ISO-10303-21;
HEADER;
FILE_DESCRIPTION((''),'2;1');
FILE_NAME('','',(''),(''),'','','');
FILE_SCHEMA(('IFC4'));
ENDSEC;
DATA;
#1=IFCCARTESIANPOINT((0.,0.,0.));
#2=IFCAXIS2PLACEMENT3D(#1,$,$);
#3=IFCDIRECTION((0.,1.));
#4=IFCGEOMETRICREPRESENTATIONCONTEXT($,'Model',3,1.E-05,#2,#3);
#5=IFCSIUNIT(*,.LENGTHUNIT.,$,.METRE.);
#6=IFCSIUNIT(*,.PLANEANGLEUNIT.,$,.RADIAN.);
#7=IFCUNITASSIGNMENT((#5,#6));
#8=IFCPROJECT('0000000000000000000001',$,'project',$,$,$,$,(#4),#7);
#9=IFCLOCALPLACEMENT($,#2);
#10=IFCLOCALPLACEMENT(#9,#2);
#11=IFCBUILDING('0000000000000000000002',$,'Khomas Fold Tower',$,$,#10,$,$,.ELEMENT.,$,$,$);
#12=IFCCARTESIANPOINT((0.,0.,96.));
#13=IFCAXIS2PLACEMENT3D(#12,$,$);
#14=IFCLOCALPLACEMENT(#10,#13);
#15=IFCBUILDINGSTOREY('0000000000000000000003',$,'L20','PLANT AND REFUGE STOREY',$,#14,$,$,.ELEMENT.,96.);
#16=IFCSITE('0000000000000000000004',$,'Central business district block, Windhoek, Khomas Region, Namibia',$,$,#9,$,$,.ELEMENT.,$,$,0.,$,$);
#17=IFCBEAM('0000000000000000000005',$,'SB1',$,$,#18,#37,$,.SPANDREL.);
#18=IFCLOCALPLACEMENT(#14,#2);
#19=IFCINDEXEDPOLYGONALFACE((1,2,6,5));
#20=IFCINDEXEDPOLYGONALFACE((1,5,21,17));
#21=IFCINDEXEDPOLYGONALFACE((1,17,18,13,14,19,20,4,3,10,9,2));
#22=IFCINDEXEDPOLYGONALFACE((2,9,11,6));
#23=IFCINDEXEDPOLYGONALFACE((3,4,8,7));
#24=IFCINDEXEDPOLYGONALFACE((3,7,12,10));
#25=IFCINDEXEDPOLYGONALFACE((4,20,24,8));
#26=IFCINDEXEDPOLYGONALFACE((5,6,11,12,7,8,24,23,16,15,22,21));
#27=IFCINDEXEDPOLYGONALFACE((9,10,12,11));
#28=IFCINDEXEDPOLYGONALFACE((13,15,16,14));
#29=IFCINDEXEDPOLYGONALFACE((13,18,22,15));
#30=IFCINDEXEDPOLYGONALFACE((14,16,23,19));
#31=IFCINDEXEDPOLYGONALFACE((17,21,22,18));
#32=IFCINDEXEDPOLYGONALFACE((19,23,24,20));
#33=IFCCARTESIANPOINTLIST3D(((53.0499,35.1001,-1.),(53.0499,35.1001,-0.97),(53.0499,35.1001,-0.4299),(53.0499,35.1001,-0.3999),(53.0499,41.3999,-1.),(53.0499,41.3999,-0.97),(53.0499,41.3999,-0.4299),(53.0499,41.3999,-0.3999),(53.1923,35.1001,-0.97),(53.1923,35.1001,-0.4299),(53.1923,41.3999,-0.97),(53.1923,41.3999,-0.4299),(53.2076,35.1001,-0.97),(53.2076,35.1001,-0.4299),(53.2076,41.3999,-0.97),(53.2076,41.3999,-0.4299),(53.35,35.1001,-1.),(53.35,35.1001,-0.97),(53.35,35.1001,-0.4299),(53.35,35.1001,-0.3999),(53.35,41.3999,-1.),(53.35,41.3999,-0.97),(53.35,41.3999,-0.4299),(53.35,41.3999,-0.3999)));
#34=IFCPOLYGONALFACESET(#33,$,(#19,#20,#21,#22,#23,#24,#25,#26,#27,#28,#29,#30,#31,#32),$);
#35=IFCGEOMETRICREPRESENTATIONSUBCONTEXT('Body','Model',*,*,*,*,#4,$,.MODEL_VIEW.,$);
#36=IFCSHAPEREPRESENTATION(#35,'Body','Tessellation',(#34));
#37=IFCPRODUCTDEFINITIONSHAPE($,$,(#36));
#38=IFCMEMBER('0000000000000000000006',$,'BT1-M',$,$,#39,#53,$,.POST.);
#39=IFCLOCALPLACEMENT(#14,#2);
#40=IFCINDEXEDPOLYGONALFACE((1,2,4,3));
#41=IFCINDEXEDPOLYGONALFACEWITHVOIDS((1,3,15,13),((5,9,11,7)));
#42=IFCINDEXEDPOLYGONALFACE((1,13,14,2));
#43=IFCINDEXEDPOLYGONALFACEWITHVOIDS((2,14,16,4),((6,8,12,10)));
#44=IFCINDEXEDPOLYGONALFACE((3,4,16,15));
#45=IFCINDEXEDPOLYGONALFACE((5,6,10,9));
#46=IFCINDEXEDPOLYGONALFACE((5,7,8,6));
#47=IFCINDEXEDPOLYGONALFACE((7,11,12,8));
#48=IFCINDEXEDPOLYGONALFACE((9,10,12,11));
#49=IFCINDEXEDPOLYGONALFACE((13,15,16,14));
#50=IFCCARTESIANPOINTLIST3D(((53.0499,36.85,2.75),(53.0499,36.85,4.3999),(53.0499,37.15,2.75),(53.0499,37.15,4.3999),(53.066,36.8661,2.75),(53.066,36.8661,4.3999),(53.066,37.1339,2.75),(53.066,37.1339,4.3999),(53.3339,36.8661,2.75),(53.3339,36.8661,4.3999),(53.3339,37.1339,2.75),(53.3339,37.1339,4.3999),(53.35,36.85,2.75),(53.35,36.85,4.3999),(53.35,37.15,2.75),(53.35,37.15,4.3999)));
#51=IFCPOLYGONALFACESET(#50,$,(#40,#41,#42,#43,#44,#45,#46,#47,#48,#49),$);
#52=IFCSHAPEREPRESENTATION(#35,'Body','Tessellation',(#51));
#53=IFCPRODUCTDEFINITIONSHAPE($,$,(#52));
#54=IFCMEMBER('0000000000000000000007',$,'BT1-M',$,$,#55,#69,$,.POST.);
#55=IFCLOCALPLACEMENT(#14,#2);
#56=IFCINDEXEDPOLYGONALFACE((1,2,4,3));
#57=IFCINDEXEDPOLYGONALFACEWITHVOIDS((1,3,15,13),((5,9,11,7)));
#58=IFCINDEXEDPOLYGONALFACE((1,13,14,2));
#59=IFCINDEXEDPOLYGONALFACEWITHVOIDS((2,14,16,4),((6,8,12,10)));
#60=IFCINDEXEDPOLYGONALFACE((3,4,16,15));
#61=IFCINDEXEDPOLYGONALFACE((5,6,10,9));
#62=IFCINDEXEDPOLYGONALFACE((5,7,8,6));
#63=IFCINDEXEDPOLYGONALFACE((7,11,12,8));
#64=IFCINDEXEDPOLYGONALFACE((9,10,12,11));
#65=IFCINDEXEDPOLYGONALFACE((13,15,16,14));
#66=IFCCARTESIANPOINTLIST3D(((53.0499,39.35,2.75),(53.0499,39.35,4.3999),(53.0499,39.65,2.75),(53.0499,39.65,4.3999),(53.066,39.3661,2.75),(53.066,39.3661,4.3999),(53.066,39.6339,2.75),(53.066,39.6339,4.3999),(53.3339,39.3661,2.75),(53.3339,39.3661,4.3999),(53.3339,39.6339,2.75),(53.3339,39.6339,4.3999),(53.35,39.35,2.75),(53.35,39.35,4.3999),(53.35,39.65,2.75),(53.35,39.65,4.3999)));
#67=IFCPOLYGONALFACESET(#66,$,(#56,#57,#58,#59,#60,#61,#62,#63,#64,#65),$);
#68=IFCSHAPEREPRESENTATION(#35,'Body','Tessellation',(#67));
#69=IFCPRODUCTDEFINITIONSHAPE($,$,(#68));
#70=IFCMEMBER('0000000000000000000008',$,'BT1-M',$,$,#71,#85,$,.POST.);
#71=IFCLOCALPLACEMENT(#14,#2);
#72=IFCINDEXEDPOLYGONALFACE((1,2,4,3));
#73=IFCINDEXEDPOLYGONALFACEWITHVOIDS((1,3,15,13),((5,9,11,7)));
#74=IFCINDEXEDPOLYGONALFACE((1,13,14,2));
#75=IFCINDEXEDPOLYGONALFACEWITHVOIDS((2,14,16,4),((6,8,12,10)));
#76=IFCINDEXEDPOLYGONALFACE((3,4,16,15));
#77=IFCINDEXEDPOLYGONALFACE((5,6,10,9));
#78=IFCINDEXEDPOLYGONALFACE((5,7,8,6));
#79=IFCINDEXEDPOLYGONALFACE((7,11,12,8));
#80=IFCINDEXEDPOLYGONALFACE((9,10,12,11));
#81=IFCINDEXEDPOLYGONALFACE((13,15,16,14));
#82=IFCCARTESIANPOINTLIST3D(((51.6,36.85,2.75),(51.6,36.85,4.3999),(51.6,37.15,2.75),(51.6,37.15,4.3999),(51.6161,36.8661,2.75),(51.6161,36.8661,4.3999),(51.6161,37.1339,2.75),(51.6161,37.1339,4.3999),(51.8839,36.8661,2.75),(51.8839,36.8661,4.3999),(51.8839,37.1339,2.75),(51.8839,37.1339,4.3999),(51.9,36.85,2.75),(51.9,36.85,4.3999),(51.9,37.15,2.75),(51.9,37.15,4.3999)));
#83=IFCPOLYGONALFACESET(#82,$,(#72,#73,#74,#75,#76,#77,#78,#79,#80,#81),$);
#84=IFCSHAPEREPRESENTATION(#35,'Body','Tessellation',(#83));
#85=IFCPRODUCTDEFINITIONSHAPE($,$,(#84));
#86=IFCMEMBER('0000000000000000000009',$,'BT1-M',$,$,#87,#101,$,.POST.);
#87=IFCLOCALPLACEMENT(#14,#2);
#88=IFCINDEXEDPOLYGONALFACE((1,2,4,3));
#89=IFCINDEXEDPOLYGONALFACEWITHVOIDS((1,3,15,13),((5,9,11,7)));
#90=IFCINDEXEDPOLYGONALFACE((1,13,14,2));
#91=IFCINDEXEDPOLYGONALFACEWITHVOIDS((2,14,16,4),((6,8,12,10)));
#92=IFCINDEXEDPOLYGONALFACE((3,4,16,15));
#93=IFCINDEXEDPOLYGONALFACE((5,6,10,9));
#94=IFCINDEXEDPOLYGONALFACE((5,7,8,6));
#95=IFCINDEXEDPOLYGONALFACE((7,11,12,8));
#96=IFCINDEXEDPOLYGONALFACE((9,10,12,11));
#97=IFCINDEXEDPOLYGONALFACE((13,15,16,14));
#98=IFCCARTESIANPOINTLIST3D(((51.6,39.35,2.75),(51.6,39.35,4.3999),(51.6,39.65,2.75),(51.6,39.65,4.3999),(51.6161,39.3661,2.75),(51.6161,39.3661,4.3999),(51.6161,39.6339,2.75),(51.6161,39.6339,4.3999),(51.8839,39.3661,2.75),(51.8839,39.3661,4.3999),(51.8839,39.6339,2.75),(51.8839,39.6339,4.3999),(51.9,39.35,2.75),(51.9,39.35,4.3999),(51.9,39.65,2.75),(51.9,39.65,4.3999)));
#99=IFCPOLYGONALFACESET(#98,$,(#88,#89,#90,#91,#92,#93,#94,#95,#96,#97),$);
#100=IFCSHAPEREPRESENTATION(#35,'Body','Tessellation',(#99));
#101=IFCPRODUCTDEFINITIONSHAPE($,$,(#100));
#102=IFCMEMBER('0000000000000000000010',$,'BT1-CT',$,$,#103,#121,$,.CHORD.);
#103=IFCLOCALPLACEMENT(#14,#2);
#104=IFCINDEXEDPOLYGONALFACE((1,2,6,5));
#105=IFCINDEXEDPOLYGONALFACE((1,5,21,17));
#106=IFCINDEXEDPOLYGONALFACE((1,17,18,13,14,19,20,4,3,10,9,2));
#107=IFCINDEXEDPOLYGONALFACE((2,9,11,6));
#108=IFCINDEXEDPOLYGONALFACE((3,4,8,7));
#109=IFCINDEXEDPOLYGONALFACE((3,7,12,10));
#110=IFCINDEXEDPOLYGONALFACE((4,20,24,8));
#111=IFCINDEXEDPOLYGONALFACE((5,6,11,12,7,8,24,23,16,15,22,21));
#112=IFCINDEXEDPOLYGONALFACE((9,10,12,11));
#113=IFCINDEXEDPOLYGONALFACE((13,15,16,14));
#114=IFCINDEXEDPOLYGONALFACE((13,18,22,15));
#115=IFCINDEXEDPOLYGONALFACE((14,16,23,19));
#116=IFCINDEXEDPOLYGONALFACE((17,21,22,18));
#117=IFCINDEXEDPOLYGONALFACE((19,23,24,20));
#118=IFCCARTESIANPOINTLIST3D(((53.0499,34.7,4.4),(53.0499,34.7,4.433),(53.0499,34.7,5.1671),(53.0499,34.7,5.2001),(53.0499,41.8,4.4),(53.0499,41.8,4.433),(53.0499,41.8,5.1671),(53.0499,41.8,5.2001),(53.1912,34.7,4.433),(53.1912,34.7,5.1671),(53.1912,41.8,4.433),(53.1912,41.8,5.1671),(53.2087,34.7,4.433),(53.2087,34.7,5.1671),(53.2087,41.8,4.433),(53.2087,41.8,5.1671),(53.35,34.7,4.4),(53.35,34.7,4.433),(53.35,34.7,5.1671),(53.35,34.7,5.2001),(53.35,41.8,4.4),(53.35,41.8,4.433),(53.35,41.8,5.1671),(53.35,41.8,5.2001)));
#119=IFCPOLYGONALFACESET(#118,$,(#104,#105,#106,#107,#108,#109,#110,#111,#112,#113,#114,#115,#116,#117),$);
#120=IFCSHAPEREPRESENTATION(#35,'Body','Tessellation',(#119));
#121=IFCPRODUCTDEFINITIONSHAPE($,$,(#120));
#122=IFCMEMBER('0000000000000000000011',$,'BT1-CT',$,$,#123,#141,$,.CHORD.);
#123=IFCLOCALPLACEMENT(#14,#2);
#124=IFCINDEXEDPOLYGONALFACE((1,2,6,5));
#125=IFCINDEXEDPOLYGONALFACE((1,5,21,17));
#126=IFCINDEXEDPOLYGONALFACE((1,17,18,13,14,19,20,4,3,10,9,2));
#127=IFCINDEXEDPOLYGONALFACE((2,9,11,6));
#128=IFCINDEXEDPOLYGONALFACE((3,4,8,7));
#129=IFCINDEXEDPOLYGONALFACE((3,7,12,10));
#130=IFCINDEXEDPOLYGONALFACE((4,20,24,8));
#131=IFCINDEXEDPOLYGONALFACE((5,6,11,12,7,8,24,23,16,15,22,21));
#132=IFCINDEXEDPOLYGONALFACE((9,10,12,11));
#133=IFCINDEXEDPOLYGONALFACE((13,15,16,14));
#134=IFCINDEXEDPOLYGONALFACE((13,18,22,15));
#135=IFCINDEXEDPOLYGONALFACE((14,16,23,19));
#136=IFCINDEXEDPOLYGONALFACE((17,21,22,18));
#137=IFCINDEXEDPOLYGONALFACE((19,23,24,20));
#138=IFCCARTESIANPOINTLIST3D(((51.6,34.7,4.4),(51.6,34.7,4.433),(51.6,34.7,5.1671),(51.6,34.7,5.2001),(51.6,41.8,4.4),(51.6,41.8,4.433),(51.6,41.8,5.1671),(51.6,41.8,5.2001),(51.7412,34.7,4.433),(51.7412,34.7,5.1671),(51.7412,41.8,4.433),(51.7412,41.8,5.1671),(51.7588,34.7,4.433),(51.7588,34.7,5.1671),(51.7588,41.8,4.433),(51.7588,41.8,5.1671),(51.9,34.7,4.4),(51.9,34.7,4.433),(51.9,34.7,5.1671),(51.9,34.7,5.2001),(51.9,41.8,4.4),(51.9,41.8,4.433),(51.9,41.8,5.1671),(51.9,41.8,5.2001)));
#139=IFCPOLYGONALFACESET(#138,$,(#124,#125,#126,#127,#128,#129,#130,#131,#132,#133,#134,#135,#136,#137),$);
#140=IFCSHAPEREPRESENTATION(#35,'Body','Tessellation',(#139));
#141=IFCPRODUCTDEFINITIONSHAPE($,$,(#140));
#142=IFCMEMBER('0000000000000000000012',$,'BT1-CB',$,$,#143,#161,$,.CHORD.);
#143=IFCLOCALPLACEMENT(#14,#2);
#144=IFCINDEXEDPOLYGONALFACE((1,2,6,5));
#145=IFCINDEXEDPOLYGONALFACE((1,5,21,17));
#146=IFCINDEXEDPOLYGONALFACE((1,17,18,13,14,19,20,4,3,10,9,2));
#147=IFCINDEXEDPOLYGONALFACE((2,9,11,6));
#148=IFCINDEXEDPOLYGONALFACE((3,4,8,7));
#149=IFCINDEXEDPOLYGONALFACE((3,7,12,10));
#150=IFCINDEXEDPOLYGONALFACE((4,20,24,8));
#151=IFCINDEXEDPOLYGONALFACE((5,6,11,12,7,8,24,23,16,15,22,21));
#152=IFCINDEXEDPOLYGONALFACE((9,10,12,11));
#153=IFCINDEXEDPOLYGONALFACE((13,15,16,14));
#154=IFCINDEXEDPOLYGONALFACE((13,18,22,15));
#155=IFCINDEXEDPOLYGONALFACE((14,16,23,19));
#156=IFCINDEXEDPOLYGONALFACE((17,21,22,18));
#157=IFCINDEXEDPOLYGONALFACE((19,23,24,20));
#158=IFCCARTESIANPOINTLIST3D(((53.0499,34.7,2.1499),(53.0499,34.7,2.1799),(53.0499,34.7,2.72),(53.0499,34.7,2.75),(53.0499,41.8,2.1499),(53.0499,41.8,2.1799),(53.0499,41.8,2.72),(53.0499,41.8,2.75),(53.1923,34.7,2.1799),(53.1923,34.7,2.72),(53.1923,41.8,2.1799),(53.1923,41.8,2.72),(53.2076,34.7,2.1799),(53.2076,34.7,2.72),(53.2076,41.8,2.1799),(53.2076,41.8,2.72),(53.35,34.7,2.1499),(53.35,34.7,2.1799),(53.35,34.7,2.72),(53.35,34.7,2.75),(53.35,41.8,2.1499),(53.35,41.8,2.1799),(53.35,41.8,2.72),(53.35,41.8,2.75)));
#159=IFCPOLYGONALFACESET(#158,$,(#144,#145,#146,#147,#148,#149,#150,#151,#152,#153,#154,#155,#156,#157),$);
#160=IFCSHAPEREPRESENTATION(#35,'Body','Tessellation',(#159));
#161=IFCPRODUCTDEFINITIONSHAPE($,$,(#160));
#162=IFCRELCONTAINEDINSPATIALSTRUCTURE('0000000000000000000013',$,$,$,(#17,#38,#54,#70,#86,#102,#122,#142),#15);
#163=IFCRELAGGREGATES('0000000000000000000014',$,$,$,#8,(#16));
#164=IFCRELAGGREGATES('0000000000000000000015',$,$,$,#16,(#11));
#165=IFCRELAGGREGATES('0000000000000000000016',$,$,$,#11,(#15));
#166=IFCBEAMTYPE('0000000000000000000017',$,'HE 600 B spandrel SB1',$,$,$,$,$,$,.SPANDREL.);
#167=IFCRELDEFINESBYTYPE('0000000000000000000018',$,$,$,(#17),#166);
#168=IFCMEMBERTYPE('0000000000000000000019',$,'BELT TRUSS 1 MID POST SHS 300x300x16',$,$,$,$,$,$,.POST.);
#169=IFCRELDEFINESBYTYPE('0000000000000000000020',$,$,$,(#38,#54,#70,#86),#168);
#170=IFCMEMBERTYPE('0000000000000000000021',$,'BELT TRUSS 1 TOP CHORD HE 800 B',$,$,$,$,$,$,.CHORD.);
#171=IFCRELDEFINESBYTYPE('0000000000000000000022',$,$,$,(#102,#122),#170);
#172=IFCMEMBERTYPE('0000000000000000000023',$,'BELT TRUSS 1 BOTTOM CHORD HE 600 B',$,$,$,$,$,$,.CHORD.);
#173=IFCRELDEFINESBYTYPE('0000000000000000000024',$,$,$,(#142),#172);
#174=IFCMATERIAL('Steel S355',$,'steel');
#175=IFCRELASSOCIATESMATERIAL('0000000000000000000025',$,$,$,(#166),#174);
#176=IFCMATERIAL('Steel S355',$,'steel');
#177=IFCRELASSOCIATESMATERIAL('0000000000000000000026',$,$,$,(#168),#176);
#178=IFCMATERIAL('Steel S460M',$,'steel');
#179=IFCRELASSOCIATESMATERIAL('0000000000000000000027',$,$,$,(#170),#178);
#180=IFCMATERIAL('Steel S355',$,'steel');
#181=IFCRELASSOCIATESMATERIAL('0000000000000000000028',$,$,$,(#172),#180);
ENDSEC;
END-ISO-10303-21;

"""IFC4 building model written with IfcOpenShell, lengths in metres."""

from ifc_helpers import new_model, si_unit, direction, frame, origin, origin_2d, place, context, subcontext, project, spatial, hollow_rectangle, i_section, extrude, source, transform, mapped, material, material_profile, profile_set, type_object, element, save


model = new_model("IFC4")

# Units and contexts
model_context = context("Model", 3, precision=1e-05, world=origin(), true_north=direction((0.0, 1.0)))
body_context = subcontext(model_context, "Body", "Model", "MODEL_VIEW")
ifc_project = project(units=[si_unit("LENGTHUNIT", "METRE"), si_unit("PLANEANGLEUNIT", "RADIAN")], contexts=[model_context])

# Site, building, storey
site_placement = place(None, origin())
site = spatial("IfcSite", under=ifc_project, at=site_placement, Name="Central business district block, Windhoek, Khomas Region, Namibia", CompositionType="ELEMENT", RefElevation=0.0)
building_placement = place(site_placement, origin())
building = spatial("IfcBuilding", under=site, at=building_placement, Name="Khomas Fold Tower", CompositionType="ELEMENT")
storey_placement = place(building_placement, frame((0.0, 0.0, 96.0)))
storey = spatial("IfcBuildingStorey", under=building, at=storey_placement, Name="L20", Description="PLANT AND REFUGE STOREY", CompositionType="ELEMENT", Elevation=96.0)

# Beam
ifc_material_1 = material(Name="Steel S355", Category="steel")
ifc_material_profile_1 = material_profile(ifc_material_1, i_section(OverallWidth=0.3, OverallDepth=0.6001, WebThickness=0.0154, FlangeThickness=0.03, at=origin_2d()), Name="HE 600 B")
ifc_profile_set_1 = profile_set([ifc_material_profile_1], Name="Steel S355")
beam_type = type_object("IfcBeamType", Name="HE 600 B spandrel SB1", PredefinedType="SPANDREL", material=ifc_profile_set_1)
shared_shape_1 = source(origin(), body_context, "Body", "SweptSolid", [
    extrude(i_section(OverallWidth=0.3, OverallDepth=0.6001, WebThickness=0.0154, FlangeThickness=0.03, at=origin_2d()), origin(), (0.0, 0.0, 1.0), 6.2998),
])
beam_placement = place(storey_placement, frame((53.2, 35.1001, -0.7), z_axis=(0.0, 1.0, 0.0), x_axis=(-1.0, 0.0, 0.0)))
element("IfcBeam", 1, at=beam_placement, inside=storey, type_object=beam_type, Name="SB1", PredefinedType="SPANDREL", context=body_context, shape_type="MappedRepresentation", body=[
    mapped(shared_shape_1, transform((0.0, 0.0, 0.0))),
])

# Members
ifc_material_2 = material(Name="Steel S355", Category="steel")
ifc_material_profile_2 = material_profile(ifc_material_2, hollow_rectangle(XDim=0.3, YDim=0.3, WallThickness=0.0161, at=origin_2d()), Name="SHS 300x300x16")
ifc_profile_set_2 = profile_set([ifc_material_profile_2], Name="Steel S355")
member_type_1 = type_object("IfcMemberType", Name="BELT TRUSS 1 MID POST SHS 300x300x16", PredefinedType="POST", material=ifc_profile_set_2)
shared_shape_2 = source(origin(), body_context, "Body", "SweptSolid", [
    extrude(hollow_rectangle(XDim=0.3, YDim=0.3, WallThickness=0.0161, at=origin_2d()), origin(), (0.0, 0.0, 1.0), 1.6499),
])
for number, where, z_axis, x_axis, name in (
    (2, (53.2, 37.0, 2.75), (0.0, 0.0, 1.0), (1.0, 0.0, 0.0), "BT1-M"),
    (3, (53.2, 39.5, 2.75), (0.0, 0.0, 1.0), (1.0, 0.0, 0.0), "BT1-M"),
    (4, (51.75, 37.0, 2.75), (0.0, 0.0, 1.0), (1.0, 0.0, 0.0), "BT1-M"),
    (5, (51.75, 39.5, 2.75), (0.0, 0.0, 1.0), (1.0, 0.0, 0.0), "BT1-M"),
):
    element("IfcMember", number, at=place(storey_placement, frame(where, z_axis=z_axis, x_axis=x_axis)), inside=storey, type_object=member_type_1, Name=name, PredefinedType="POST", context=body_context, shape_type="MappedRepresentation", body=[
        mapped(shared_shape_2, transform((0.0, 0.0, 0.0))),
    ])
ifc_material_3 = material(Name="Steel S460M", Category="steel")
ifc_material_profile_3 = material_profile(ifc_material_3, i_section(OverallWidth=0.3, OverallDepth=0.8, WebThickness=0.0176, FlangeThickness=0.033, at=origin_2d()), Name="HE 800 B")
ifc_profile_set_3 = profile_set([ifc_material_profile_3], Name="Steel S460M")
member_type_2 = type_object("IfcMemberType", Name="BELT TRUSS 1 TOP CHORD HE 800 B", PredefinedType="CHORD", material=ifc_profile_set_3)
shared_shape_3 = source(origin(), body_context, "Body", "SweptSolid", [
    extrude(i_section(OverallWidth=0.3, OverallDepth=0.8, WebThickness=0.0176, FlangeThickness=0.033, at=origin_2d()), origin(), (0.0, 0.0, 1.0), 7.1001),
])
for number, where, z_axis, x_axis, name in (
    (6, (53.2, 34.7, 4.8), (0.0, 1.0, 0.0), (-1.0, 0.0, 0.0), "BT1-CT"),
    (7, (51.75, 34.7, 4.8), (0.0, 1.0, 0.0), (-1.0, 0.0, 0.0), "BT1-CT"),
):
    element("IfcMember", number, at=place(storey_placement, frame(where, z_axis=z_axis, x_axis=x_axis)), inside=storey, type_object=member_type_2, Name=name, PredefinedType="CHORD", context=body_context, shape_type="MappedRepresentation", body=[
        mapped(shared_shape_3, transform((0.0, 0.0, 0.0))),
    ])
ifc_material_4 = material(Name="Steel S355", Category="steel")
ifc_material_profile_4 = material_profile(ifc_material_4, i_section(OverallWidth=0.3, OverallDepth=0.6001, WebThickness=0.0154, FlangeThickness=0.03, at=origin_2d()), Name="HE 600 B")
ifc_profile_set_4 = profile_set([ifc_material_profile_4], Name="Steel S355")
member_type_3 = type_object("IfcMemberType", Name="BELT TRUSS 1 BOTTOM CHORD HE 600 B", PredefinedType="CHORD", material=ifc_profile_set_4)
shared_shape_4 = source(origin(), body_context, "Body", "SweptSolid", [
    extrude(i_section(OverallWidth=0.3, OverallDepth=0.6001, WebThickness=0.0154, FlangeThickness=0.03, at=origin_2d()), origin(), (0.0, 0.0, 1.0), 7.1001),
])
member_1_placement = place(storey_placement, frame((53.2, 34.7, 2.45), z_axis=(0.0, 1.0, 0.0), x_axis=(-1.0, 0.0, 0.0)))
element("IfcMember", 8, at=member_1_placement, inside=storey, type_object=member_type_3, Name="BT1-CB", PredefinedType="CHORD", context=body_context, shape_type="MappedRepresentation", body=[
    mapped(shared_shape_4, transform((0.0, 0.0, 0.0))),
])

save(model, "model.ifc")
